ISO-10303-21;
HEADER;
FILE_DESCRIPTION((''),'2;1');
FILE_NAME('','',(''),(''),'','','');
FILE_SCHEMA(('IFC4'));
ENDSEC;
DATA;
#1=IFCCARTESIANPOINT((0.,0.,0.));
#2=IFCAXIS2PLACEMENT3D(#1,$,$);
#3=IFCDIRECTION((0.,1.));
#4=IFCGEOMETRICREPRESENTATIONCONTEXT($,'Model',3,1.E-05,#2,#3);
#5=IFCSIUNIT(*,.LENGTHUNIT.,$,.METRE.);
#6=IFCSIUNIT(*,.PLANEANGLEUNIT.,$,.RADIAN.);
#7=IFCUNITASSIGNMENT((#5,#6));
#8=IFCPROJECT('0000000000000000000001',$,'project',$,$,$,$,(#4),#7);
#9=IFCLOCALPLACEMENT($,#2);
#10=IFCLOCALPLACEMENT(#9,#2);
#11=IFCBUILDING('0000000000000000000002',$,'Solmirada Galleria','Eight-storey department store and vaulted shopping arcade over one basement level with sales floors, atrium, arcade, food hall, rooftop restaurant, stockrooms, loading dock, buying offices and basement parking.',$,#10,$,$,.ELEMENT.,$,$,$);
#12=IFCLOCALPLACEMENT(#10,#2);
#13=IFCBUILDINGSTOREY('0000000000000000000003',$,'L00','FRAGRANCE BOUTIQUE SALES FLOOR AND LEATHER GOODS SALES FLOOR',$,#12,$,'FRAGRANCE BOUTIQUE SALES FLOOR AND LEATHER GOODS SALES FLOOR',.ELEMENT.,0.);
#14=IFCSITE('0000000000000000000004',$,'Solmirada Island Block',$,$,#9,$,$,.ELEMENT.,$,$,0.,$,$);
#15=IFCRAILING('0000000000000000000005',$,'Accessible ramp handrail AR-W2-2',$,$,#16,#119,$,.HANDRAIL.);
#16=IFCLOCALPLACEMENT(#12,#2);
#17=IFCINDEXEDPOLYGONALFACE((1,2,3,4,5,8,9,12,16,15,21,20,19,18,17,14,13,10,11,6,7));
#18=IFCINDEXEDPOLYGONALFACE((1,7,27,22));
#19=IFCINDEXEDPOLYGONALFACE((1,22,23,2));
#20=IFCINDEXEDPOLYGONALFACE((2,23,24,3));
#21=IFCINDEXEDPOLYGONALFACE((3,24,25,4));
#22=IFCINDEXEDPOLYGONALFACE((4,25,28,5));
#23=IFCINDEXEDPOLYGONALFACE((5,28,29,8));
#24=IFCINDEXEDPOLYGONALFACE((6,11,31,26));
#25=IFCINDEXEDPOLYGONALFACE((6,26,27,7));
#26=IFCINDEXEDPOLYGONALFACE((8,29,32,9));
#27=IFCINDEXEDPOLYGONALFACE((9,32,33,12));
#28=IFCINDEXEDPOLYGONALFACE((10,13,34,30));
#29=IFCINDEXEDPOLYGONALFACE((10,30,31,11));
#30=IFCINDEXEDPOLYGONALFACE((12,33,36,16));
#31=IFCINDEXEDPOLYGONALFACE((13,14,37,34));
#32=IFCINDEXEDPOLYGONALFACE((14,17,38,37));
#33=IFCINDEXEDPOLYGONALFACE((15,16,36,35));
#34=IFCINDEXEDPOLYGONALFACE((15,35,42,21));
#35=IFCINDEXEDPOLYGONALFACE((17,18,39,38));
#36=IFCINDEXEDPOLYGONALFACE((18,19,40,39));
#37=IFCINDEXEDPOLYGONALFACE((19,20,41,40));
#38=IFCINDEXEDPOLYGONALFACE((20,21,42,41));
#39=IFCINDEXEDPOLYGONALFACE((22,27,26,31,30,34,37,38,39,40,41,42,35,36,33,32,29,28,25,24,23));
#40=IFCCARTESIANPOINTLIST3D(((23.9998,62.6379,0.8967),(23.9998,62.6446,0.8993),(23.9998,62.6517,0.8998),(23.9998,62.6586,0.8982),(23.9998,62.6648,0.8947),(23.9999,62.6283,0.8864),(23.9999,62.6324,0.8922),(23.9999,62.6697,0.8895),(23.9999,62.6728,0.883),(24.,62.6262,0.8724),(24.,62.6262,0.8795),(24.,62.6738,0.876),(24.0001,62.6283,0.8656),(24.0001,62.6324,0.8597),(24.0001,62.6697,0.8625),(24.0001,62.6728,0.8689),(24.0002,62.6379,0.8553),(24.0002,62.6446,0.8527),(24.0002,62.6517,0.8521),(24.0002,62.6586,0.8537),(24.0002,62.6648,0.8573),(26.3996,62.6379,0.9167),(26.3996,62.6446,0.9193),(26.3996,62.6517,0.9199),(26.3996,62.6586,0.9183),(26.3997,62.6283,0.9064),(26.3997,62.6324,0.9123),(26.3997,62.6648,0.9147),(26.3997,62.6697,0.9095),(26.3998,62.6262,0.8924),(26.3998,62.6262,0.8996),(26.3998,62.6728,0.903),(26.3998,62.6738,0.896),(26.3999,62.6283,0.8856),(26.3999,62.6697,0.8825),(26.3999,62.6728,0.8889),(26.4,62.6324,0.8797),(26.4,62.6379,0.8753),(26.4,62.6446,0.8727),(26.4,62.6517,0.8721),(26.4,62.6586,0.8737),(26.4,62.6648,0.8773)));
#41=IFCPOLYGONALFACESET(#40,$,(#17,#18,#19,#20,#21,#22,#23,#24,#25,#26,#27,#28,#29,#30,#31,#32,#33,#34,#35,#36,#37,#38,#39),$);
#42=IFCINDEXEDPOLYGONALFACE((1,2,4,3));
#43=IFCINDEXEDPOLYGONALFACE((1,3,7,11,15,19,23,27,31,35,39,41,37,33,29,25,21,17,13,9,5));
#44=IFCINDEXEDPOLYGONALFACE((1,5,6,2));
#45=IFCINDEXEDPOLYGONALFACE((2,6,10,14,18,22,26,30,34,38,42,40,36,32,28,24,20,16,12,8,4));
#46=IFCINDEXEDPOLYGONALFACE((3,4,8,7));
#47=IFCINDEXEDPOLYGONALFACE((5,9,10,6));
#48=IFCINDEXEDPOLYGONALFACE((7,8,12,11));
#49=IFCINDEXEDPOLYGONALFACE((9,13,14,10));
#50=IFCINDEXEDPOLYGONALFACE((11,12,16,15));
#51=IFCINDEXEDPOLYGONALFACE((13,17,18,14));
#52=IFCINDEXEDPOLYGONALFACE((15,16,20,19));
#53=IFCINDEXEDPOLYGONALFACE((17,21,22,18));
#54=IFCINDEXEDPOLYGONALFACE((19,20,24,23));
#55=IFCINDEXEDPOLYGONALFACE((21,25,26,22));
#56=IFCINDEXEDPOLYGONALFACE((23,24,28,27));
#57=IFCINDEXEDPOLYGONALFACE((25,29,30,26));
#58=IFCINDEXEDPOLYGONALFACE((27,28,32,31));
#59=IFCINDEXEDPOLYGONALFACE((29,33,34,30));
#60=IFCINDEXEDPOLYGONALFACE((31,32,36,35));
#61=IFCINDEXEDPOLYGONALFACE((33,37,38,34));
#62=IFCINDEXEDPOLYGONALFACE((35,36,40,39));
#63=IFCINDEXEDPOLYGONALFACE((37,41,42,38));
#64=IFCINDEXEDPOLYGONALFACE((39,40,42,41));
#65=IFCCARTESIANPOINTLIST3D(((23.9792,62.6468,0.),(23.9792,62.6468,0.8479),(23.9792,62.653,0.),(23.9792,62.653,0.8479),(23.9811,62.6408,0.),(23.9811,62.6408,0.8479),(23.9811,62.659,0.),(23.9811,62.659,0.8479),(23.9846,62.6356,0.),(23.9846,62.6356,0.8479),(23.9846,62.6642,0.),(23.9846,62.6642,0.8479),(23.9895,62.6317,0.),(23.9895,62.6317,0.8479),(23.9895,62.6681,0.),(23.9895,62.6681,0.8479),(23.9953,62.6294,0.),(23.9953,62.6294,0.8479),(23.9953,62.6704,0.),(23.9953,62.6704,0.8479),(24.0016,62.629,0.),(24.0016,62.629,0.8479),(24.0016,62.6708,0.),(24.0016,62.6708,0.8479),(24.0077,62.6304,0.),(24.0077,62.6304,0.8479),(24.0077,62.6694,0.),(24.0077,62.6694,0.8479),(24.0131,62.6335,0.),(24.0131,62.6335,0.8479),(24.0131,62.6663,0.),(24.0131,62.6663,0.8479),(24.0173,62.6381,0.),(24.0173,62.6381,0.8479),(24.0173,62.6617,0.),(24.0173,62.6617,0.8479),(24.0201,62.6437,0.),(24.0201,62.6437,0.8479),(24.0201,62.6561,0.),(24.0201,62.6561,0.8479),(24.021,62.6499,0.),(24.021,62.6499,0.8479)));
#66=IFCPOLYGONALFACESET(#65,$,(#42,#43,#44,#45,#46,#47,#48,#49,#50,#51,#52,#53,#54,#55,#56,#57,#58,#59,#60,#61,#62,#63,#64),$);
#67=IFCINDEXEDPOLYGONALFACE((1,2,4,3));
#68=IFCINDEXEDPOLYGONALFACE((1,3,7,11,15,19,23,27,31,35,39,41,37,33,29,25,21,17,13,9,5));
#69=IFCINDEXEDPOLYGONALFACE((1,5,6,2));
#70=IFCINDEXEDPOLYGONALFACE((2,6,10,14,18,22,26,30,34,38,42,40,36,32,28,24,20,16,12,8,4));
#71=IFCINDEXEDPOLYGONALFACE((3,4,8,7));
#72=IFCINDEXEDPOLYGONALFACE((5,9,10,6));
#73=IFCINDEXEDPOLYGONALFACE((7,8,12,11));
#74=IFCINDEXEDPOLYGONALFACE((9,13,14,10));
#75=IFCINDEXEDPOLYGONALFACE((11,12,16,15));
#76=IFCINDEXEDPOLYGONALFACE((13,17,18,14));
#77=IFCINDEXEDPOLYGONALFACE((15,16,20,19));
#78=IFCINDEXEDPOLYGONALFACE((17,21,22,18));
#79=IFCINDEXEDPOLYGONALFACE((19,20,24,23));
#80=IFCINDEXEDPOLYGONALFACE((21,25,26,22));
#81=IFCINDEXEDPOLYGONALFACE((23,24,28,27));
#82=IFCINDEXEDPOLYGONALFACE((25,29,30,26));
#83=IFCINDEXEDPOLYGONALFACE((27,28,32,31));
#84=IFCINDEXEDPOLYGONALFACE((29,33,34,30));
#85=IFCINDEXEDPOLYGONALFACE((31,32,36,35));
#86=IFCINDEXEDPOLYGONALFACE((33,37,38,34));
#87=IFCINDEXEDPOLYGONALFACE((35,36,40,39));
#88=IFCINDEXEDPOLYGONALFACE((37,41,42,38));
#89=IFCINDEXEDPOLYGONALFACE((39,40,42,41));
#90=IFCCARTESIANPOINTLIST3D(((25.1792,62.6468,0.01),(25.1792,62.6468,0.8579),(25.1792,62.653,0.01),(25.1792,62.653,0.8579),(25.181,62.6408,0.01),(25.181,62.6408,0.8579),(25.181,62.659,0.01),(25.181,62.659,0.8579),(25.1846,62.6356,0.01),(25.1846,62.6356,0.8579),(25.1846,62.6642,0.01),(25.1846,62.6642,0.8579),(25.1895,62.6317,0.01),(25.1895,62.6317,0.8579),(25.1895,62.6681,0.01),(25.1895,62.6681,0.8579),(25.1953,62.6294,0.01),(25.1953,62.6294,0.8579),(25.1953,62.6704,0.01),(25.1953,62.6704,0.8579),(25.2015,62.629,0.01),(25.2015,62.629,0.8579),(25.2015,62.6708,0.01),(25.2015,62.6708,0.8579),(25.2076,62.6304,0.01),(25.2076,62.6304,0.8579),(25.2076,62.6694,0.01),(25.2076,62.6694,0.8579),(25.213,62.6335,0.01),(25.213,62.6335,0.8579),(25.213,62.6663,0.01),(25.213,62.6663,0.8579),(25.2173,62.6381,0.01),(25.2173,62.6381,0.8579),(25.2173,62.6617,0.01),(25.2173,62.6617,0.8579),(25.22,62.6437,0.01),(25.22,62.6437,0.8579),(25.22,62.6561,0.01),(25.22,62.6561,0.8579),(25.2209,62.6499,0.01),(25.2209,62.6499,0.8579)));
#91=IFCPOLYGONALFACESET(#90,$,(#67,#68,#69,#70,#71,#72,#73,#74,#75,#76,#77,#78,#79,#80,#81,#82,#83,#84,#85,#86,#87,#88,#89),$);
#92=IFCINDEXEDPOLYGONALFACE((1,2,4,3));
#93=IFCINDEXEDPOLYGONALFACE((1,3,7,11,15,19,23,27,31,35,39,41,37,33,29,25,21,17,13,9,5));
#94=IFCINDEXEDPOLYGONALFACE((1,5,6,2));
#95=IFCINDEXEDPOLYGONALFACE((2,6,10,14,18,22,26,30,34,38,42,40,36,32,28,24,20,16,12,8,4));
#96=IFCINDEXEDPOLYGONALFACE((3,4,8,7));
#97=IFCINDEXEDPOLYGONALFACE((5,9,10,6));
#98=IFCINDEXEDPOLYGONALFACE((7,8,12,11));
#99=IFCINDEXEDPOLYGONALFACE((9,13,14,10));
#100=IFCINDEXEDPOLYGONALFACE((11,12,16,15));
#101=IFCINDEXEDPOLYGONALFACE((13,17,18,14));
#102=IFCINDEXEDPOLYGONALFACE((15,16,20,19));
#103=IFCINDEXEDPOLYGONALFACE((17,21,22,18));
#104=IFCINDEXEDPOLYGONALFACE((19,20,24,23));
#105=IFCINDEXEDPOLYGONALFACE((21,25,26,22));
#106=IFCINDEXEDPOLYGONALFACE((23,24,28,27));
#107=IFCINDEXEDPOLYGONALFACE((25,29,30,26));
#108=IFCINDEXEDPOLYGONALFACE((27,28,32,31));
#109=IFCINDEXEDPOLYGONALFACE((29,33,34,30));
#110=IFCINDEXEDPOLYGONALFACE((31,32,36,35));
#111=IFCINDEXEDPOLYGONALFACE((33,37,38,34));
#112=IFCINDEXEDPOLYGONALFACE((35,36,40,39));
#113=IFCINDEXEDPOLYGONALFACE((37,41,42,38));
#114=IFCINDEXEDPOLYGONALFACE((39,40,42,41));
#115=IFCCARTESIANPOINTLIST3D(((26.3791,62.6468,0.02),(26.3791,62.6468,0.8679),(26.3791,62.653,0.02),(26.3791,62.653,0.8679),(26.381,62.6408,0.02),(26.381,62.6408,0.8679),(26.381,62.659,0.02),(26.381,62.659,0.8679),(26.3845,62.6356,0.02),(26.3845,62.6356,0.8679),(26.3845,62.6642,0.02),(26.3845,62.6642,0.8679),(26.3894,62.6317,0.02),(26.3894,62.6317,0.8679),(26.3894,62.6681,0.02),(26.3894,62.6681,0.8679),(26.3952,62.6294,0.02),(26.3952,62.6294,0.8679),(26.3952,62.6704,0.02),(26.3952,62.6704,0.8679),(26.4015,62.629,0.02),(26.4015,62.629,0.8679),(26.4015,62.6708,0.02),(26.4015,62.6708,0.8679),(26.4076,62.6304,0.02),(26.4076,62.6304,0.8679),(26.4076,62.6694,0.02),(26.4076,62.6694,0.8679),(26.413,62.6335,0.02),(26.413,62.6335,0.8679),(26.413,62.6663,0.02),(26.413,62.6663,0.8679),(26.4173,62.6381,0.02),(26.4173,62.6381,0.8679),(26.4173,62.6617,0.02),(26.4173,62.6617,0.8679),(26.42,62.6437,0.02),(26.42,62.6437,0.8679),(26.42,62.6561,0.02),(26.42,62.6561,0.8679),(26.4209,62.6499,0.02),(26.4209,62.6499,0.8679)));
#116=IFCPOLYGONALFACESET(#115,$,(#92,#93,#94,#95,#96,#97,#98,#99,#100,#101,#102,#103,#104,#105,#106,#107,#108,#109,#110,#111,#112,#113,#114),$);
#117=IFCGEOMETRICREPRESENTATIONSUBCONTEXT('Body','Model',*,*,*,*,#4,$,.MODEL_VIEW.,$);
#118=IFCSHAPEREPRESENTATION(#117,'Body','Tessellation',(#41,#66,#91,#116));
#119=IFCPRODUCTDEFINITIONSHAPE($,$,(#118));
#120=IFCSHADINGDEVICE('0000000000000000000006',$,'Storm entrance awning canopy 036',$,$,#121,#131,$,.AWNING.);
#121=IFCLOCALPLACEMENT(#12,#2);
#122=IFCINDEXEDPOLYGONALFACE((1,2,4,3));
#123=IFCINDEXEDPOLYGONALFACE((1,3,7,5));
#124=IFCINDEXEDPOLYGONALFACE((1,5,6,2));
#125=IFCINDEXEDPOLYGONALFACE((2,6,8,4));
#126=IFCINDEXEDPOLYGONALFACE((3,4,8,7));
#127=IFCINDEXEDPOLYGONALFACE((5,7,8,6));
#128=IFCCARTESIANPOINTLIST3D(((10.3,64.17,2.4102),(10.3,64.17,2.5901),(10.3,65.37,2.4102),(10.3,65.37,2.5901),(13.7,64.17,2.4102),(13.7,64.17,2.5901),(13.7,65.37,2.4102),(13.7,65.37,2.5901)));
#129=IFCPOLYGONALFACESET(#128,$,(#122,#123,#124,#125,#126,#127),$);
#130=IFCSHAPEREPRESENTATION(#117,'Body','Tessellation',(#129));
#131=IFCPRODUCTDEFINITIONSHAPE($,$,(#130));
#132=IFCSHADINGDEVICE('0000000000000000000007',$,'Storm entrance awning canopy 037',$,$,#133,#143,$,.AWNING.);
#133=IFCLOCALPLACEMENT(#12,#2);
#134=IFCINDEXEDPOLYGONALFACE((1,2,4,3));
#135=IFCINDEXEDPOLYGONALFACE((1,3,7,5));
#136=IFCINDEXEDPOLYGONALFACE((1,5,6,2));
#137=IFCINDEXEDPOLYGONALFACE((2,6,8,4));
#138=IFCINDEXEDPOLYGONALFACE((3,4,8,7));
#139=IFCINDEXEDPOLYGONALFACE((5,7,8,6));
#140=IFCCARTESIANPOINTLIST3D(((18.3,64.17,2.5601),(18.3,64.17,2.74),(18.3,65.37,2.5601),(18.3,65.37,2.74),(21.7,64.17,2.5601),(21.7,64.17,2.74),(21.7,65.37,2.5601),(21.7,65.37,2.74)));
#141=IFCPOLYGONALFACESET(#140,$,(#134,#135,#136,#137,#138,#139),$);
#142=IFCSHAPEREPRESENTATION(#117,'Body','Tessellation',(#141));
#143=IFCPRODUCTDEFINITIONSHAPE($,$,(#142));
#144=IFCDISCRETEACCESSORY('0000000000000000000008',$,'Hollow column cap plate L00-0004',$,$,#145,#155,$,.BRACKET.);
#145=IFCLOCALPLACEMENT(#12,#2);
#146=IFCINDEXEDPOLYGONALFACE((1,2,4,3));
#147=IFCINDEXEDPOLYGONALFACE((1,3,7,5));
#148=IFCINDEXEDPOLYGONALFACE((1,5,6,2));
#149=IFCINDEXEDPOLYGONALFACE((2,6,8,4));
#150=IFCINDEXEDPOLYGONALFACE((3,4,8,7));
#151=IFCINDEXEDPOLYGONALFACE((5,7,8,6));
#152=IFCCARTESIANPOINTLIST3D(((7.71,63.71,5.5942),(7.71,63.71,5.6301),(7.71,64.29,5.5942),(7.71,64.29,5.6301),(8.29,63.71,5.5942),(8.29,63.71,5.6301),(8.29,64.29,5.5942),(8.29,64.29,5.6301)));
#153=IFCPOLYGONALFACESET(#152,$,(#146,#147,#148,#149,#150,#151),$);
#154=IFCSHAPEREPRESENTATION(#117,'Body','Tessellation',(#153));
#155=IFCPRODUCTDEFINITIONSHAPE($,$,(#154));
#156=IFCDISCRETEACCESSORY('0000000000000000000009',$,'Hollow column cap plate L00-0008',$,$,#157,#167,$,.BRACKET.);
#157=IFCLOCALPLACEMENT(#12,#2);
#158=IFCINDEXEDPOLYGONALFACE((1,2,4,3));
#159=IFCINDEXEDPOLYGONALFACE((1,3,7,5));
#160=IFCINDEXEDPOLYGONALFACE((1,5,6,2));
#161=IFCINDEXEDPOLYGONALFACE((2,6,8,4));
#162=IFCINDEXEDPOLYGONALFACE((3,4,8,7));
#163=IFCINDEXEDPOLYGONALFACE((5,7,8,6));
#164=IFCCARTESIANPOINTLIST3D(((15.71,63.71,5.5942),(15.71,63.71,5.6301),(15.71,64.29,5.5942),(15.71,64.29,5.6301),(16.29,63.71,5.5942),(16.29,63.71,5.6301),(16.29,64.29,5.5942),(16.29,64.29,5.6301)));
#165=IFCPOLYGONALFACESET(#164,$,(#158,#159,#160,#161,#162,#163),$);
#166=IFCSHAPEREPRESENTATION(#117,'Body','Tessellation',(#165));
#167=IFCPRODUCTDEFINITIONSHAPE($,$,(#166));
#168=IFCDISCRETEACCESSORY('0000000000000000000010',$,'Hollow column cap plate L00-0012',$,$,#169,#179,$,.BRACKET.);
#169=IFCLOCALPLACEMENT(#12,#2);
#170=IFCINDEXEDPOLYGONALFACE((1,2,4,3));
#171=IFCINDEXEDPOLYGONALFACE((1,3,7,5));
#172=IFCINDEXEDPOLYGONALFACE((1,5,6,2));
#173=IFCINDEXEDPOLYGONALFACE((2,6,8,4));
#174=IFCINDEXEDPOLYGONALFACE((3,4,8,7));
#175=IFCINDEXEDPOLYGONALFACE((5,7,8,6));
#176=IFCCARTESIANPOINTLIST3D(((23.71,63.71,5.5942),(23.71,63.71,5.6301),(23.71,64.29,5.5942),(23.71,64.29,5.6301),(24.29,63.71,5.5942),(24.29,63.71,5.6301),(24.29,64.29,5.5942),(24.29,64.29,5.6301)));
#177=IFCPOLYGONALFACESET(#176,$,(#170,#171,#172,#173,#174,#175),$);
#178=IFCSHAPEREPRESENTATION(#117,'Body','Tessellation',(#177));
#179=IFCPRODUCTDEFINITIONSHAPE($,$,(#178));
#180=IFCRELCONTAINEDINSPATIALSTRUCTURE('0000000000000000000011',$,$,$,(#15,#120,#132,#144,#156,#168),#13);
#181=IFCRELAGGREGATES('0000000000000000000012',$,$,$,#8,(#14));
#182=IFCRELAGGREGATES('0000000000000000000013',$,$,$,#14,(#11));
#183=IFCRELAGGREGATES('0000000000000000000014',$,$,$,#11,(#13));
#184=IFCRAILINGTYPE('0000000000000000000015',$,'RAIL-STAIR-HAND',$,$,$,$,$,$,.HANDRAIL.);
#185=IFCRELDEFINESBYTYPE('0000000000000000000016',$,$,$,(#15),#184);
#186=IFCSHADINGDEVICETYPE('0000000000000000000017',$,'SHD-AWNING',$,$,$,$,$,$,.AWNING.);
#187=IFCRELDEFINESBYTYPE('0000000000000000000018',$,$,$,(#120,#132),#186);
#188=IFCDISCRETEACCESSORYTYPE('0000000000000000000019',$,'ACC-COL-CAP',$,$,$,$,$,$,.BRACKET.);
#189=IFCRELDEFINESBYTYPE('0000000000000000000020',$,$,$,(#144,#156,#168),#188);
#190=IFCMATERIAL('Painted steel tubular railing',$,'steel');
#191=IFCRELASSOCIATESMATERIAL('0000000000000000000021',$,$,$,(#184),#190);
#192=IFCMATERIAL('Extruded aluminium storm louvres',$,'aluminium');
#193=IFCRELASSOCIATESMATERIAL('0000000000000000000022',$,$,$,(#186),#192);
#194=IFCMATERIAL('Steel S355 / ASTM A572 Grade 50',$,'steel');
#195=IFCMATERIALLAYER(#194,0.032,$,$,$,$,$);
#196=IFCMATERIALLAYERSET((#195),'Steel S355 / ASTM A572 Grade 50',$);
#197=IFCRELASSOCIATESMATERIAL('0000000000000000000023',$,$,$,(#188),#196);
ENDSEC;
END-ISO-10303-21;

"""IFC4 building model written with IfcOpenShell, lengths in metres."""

from ifc_helpers import new_model, si_unit, direction, frame, origin, origin_2d, place, context, subcontext, project, spatial, rectangle, circle, extrude, material, layer, layer_set, type_object, element, save


model = new_model("IFC4")

# Units and contexts
model_context = context("Model", 3, precision=1e-05, world=origin(), true_north=direction((0.0, 1.0)))
body_context = subcontext(model_context, "Body", "Model", "MODEL_VIEW")
ifc_project = project(units=[si_unit("LENGTHUNIT", "METRE"), si_unit("PLANEANGLEUNIT", "RADIAN")], contexts=[model_context])

# Site, building, storey
site_placement = place(None, origin())
site = spatial("IfcSite", under=ifc_project, at=site_placement, Name="Solmirada Island Block", CompositionType="ELEMENT", RefElevation=0.0)
building_placement = place(site_placement, origin())
building = spatial("IfcBuilding", under=site, at=building_placement, Name="Solmirada Galleria", Description="Eight-storey department store and vaulted shopping arcade over one basement level with sales floors, atrium, arcade, food hall, rooftop restaurant, stockrooms, loading dock, buying offices and basement parking.", CompositionType="ELEMENT")
storey_placement = place(building_placement, origin())
storey = spatial("IfcBuildingStorey", under=building, at=storey_placement, Name="L00", Description="FRAGRANCE BOUTIQUE SALES FLOOR AND LEATHER GOODS SALES FLOOR", LongName="FRAGRANCE BOUTIQUE SALES FLOOR AND LEATHER GOODS SALES FLOOR", CompositionType="ELEMENT", Elevation=0.0)

# Railing
ifc_material_1 = material(Name="Painted steel tubular railing", Category="steel")
railing_type = type_object("IfcRailingType", Name="RAIL-STAIR-HAND", PredefinedType="HANDRAIL", material=ifc_material_1)
for number, where, name in (
    (1, (24.0, 62.6499, 0.0), "Accessible ramp handrail AR-W2-2"),
):
    element("IfcRailing", number, at=place(storey_placement, frame(where)), inside=storey, type_object=railing_type, Name=name, PredefinedType="HANDRAIL", context=body_context, shape_type="SweptSolid", body=[
        extrude(circle(Radius=0.0239, at=origin_2d()), frame((0.0, 0.0, 0.876), z_axis=(0.999965, 0.0, 0.008342), x_axis=(0.0, 1.0, 0.0)), (0.0, 0.0, 1.0), 2.3999),
        extrude(circle(Radius=0.021, at=origin_2d()), origin(), (0.0, 0.0, 1.0), 0.8479),
        extrude(circle(Radius=0.021, at=origin_2d()), frame((1.2, 0.0, 0.01)), (0.0, 0.0, 1.0), 0.8479),
        extrude(circle(Radius=0.021, at=origin_2d()), frame((2.3999, 0.0, 0.02)), (0.0, 0.0, 1.0), 0.8479),
    ])

# Shading devices
ifc_material_2 = material(Name="Extruded aluminium storm louvres", Category="aluminium")
shading_device_type = type_object("IfcShadingDeviceType", Name="SHD-AWNING", PredefinedType="AWNING", material=ifc_material_2)
for number, where, z_axis, x_axis, name in (
    (2, (12.0, 64.77, 2.4102), (0.0, 0.0, 1.0), (1.0, 0.0, 0.0), "Storm entrance awning canopy 036"),
    (3, (20.0, 64.77, 2.5601), (0.0, 0.0, 1.0), (1.0, 0.0, 0.0), "Storm entrance awning canopy 037"),
):
    element("IfcShadingDevice", number, at=place(storey_placement, frame(where, z_axis=z_axis, x_axis=x_axis)), inside=storey, type_object=shading_device_type, Name=name, PredefinedType="AWNING", context=body_context, shape_type="SweptSolid", body=[
        extrude(rectangle(XDim=3.3999, YDim=1.2, at=origin_2d()), origin(), (0.0, 0.0, 1.0), 0.1799),
    ])

# Discrete accessories
ifc_material_3 = material(Name="Steel S355 / ASTM A572 Grade 50", Category="steel")
ifc_layer_1 = layer(ifc_material_3, 0.032)
ifc_layer_set_1 = layer_set([ifc_layer_1], Name="Steel S355 / ASTM A572 Grade 50")
discrete_accessory_type = type_object("IfcDiscreteAccessoryType", Name="ACC-COL-CAP", PredefinedType="BRACKET", material=ifc_layer_set_1)
for number, where, z_axis, x_axis, name in (
    (4, (8.0, 64.0, 5.5942), (0.0, 0.0, 1.0), (1.0, 0.0, 0.0), "Hollow column cap plate L00-0004"),
    (5, (16.0, 64.0, 5.5942), (0.0, 0.0, 1.0), (1.0, 0.0, 0.0), "Hollow column cap plate L00-0008"),
    (6, (24.0, 64.0, 5.5942), (0.0, 0.0, 1.0), (1.0, 0.0, 0.0), "Hollow column cap plate L00-0012"),
):
    element("IfcDiscreteAccessory", number, at=place(storey_placement, frame(where, z_axis=z_axis, x_axis=x_axis)), inside=storey, type_object=discrete_accessory_type, Name=name, PredefinedType="BRACKET", context=body_context, shape_type="SweptSolid", body=[
        extrude(rectangle(XDim=0.5801, YDim=0.5801, at=origin_2d()), origin(), (0.0, 0.0, 1.0), 0.0359),
    ])

save(model, "model.ifc")
